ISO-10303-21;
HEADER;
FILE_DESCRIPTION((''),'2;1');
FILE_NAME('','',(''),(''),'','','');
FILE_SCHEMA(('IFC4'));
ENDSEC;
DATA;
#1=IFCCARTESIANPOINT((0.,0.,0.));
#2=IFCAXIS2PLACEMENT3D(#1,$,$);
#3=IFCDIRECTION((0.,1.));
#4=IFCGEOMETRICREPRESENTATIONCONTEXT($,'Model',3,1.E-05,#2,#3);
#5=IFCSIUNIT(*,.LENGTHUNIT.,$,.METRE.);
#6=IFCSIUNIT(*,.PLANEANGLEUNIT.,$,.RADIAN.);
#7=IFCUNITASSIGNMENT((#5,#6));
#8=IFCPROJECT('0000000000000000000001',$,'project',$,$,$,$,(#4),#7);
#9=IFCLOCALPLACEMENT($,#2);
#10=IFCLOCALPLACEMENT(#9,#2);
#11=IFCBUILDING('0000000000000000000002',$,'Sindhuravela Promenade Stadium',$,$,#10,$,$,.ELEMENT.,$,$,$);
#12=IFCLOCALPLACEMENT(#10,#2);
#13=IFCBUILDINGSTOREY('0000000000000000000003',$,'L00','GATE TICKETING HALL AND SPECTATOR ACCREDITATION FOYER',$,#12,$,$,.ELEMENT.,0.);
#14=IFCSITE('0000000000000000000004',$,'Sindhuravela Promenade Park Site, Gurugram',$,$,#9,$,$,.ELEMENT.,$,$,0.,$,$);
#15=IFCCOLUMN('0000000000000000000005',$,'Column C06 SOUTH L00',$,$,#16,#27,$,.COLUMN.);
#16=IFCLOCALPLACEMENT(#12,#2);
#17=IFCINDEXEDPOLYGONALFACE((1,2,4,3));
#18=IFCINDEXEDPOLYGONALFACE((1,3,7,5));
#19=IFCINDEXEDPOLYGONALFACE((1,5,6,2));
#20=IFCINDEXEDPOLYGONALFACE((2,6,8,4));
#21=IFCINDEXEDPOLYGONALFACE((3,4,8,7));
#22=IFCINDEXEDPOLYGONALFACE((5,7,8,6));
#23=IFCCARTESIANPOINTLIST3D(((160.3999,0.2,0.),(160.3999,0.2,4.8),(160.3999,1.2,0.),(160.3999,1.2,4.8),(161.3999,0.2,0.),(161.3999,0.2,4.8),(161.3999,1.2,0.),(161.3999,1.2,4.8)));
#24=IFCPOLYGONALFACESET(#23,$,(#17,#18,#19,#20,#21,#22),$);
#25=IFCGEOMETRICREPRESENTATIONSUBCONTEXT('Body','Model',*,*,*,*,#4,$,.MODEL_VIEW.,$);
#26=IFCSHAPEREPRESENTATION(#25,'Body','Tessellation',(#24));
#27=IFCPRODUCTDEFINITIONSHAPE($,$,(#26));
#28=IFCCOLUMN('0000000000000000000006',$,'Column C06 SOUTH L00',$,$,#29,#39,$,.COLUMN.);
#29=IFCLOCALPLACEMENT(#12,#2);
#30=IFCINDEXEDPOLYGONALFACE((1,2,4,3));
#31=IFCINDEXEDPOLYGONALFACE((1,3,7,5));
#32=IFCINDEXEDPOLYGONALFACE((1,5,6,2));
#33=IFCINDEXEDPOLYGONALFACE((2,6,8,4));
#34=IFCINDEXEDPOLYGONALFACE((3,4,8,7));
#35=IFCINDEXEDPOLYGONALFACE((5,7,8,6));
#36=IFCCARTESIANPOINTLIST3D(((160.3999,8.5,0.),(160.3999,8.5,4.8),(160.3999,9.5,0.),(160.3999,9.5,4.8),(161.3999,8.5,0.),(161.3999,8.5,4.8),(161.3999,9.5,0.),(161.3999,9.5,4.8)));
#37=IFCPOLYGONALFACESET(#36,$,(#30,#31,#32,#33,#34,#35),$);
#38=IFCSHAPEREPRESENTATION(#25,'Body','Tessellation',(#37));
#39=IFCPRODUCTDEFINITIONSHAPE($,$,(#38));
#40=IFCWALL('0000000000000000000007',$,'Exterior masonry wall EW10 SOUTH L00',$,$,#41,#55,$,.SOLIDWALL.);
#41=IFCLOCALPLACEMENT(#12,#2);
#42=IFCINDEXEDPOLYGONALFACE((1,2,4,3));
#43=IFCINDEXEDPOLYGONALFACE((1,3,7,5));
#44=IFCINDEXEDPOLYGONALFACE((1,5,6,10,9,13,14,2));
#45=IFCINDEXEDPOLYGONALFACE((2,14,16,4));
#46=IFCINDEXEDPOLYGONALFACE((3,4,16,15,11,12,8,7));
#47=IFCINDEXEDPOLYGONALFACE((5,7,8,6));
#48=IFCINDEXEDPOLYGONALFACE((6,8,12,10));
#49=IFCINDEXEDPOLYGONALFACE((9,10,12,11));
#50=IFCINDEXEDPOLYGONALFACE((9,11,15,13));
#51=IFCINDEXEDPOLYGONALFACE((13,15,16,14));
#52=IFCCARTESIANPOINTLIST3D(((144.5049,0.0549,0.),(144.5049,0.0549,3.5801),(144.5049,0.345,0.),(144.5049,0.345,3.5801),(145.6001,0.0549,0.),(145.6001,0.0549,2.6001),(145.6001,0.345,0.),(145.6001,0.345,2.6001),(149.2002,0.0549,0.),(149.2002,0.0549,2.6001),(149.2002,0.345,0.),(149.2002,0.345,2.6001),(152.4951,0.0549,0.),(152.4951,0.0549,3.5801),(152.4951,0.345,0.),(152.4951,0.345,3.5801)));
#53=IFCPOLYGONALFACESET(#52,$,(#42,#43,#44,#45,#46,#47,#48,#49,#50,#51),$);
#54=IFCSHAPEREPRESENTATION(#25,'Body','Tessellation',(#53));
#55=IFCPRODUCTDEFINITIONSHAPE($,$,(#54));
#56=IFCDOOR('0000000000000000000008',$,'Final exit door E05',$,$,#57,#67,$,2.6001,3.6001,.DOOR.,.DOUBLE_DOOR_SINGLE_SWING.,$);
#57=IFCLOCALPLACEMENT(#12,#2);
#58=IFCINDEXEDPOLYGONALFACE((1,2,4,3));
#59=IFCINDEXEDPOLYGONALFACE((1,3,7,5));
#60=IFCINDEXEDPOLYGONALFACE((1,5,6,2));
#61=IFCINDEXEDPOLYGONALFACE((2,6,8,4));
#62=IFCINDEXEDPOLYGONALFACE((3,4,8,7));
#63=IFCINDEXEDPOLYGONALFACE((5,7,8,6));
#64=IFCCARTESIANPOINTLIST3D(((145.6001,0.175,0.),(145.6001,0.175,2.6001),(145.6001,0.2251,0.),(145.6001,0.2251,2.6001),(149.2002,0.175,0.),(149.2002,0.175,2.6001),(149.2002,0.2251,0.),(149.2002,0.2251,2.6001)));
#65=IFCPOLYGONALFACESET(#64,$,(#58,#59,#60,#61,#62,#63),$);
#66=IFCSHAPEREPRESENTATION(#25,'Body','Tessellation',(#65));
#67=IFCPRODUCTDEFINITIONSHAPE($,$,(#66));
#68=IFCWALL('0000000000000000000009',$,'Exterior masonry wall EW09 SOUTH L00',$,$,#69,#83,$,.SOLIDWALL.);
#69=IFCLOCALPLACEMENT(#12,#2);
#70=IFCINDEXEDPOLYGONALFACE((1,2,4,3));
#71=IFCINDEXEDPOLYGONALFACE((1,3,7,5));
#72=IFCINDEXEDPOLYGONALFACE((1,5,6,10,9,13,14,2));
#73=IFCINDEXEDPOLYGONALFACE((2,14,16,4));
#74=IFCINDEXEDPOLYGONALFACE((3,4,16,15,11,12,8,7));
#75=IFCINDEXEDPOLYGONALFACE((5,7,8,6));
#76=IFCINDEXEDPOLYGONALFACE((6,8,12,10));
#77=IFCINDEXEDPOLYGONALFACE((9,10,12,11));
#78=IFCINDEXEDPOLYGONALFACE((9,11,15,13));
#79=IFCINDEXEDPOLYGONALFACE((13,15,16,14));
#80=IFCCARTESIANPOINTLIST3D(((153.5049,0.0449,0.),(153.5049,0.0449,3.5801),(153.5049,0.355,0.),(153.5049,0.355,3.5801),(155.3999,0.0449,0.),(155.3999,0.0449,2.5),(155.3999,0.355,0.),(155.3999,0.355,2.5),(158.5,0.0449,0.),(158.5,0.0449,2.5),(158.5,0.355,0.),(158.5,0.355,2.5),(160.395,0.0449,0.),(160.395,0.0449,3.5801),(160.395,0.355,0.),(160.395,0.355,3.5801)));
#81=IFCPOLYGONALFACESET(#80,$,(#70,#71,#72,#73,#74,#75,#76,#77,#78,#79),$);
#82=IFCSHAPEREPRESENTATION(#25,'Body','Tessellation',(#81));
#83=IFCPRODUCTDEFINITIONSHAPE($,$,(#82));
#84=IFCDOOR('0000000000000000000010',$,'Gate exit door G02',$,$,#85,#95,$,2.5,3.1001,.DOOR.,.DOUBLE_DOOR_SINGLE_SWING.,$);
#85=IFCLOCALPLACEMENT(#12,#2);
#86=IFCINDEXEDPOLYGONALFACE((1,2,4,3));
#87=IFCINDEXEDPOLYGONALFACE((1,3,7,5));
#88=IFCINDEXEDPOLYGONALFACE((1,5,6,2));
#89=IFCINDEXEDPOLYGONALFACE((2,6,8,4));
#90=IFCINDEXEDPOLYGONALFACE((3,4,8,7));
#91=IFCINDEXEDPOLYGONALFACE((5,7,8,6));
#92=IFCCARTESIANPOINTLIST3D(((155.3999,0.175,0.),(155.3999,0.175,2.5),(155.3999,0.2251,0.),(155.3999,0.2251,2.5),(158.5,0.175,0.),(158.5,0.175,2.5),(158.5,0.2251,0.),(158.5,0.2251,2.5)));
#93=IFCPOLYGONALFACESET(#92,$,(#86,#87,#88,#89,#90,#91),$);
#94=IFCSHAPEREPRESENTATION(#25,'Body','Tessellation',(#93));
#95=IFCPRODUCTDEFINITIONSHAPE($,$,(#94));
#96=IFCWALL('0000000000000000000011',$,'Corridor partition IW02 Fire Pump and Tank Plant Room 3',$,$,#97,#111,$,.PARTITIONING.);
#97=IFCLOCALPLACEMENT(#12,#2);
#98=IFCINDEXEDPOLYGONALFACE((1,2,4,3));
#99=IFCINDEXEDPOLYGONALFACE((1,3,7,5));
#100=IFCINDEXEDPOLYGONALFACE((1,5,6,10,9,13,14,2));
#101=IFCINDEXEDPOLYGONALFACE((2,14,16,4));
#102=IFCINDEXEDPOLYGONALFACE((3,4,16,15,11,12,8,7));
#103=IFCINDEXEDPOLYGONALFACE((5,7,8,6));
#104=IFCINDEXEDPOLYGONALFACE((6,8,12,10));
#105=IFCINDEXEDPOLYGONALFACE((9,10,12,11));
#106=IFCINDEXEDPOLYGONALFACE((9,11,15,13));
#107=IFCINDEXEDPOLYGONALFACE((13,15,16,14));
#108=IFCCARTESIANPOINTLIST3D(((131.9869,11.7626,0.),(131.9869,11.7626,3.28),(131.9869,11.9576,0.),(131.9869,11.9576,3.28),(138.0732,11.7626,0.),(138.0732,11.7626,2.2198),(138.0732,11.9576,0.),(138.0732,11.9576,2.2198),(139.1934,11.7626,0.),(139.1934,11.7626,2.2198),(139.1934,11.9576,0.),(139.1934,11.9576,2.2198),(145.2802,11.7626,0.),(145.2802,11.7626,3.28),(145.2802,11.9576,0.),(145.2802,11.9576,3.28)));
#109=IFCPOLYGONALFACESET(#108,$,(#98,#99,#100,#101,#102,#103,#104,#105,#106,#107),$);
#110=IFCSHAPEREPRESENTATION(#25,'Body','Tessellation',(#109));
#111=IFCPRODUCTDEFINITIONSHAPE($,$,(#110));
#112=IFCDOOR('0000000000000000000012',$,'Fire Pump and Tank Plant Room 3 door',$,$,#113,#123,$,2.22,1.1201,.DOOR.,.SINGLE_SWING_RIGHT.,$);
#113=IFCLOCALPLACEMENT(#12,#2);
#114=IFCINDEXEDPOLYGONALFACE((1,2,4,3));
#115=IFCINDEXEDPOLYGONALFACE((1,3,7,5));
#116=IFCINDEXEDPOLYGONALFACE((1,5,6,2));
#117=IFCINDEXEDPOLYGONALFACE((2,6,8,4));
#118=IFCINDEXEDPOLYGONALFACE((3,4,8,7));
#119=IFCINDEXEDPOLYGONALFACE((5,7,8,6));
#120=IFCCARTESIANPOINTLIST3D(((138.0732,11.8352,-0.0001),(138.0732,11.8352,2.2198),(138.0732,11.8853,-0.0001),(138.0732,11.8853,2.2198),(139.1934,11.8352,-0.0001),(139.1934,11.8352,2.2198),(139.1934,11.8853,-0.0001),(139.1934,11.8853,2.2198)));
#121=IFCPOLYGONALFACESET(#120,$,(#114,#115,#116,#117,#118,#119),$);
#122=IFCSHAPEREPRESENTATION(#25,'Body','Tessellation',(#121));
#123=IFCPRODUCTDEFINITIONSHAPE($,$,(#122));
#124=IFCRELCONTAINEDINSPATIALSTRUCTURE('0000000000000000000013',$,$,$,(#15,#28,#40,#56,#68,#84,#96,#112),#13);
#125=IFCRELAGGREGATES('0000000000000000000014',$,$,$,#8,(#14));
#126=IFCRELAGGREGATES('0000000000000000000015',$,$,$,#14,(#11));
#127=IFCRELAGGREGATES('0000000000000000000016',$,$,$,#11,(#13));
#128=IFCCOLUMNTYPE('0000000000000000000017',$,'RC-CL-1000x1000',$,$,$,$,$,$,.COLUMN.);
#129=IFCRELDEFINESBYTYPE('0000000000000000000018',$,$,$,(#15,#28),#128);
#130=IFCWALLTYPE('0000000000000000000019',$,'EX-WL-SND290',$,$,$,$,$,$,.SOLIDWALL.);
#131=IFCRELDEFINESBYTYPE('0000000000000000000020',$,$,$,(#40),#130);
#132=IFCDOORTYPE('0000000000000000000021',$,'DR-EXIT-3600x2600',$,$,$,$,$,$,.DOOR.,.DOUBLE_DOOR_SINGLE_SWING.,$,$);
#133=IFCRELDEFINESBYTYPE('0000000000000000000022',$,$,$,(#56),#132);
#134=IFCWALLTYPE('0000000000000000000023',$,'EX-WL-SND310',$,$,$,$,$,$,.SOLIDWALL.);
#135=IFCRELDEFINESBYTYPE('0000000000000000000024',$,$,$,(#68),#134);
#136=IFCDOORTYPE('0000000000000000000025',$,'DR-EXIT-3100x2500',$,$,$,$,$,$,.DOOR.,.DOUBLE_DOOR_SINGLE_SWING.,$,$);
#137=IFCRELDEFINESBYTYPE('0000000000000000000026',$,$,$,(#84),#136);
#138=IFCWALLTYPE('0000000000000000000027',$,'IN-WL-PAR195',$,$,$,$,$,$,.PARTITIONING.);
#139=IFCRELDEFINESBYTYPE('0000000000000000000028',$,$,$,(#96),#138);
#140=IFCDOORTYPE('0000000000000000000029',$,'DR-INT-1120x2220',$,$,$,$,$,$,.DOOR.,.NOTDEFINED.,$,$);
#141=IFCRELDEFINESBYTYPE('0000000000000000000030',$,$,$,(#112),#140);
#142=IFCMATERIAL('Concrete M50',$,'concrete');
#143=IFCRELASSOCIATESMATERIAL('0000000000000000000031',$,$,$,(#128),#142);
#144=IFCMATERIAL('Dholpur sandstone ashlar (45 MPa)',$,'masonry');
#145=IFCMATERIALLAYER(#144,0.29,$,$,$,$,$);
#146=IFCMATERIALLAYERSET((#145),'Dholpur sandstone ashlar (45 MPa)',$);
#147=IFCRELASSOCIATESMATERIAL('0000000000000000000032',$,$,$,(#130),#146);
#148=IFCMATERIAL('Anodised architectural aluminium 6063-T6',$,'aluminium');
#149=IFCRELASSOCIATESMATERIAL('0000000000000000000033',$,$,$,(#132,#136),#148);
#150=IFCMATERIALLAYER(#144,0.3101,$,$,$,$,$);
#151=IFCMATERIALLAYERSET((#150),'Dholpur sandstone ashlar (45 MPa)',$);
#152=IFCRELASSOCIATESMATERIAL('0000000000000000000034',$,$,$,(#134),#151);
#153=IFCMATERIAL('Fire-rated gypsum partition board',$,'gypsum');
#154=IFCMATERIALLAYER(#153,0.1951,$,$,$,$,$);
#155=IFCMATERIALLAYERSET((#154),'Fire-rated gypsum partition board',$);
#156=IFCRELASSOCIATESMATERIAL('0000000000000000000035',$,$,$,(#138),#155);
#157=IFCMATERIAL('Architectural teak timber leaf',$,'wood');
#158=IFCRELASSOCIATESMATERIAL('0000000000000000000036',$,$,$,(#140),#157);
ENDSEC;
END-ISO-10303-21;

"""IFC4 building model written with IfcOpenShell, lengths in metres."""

from ifc_helpers import new_model, si_unit, direction, frame, frame_2d, origin, origin_2d, place, context, subcontext, project, spatial, rectangle, extrude, material, layer, layer_set, material_profile, profile_set, type_object, element, fill, save


model = new_model("IFC4")

# Units and contexts
model_context = context("Model", 3, precision=1e-05, world=origin(), true_north=direction((0.0, 1.0)))
body_context = subcontext(model_context, "Body", "Model", "MODEL_VIEW")
ifc_project = project(units=[si_unit("LENGTHUNIT", "METRE"), si_unit("PLANEANGLEUNIT", "RADIAN")], contexts=[model_context])

# Site, building, storey
site_placement = place(None, origin())
site = spatial("IfcSite", under=ifc_project, at=site_placement, Name="Sindhuravela Promenade Park Site, Gurugram", CompositionType="ELEMENT", RefElevation=0.0)
building_placement = place(site_placement, origin())
building = spatial("IfcBuilding", under=site, at=building_placement, Name="Sindhuravela Promenade Stadium", CompositionType="ELEMENT")
storey_placement = place(building_placement, origin())
storey = spatial("IfcBuildingStorey", under=building, at=storey_placement, Name="L00", Description="GATE TICKETING HALL AND SPECTATOR ACCREDITATION FOYER", CompositionType="ELEMENT", Elevation=0.0)

# Shared definitions
ifc_material_1 = material(Name="Concrete M50", Category="concrete")

# Columns
ifc_material_profile_1 = material_profile(ifc_material_1, rectangle(XDim=1.0, YDim=1.0, at=origin_2d()), Name="RC 1000x1000")
ifc_profile_set_1 = profile_set([ifc_material_profile_1], Name="Concrete M50")
column_type = type_object("IfcColumnType", Name="RC-CL-1000x1000", PredefinedType="COLUMN", material=ifc_profile_set_1)
for number, where, z_axis, x_axis, name in (
    (1, (160.8999, 0.7, 0.0), (0.0, 0.0, 1.0), (1.0, 0.0, 0.0), "Column C06 SOUTH L00"),
    (2, (160.8999, 9.0, 0.0), (0.0, 0.0, 1.0), (1.0, 0.0, 0.0), "Column C06 SOUTH L00"),
):
    element("IfcColumn", number, at=place(storey_placement, frame(where, z_axis=z_axis, x_axis=x_axis)), inside=storey, type_object=column_type, Name=name, PredefinedType="COLUMN", context=body_context, shape_type="SweptSolid", body=[
        extrude(rectangle(XDim=1.0, YDim=1.0, at=origin_2d()), origin(), (0.0, 0.0, 1.0), 4.8),
    ])

# Walls, openings, doors
ifc_material_2 = material(Name="Dholpur sandstone ashlar (45 MPa)", Category="masonry")
ifc_layer_1 = layer(ifc_material_2, 0.29)
ifc_layer_set_1 = layer_set([ifc_layer_1], Name="Dholpur sandstone ashlar (45 MPa)")
wall_type_1 = type_object("IfcWallType", Name="EX-WL-SND290", PredefinedType="SOLIDWALL", material=ifc_layer_set_1)
wall_1_placement = place(storey_placement, frame((152.4951, 0.2, 0.0), z_axis=(0.0, 0.0, 1.0), x_axis=(-1.0, 0.0, 0.0)))
wall_1 = element("IfcWall", 3, at=wall_1_placement, inside=storey, type_object=wall_type_1, Name="Exterior masonry wall EW10 SOUTH L00", PredefinedType="SOLIDWALL", context=body_context, shape_type="SweptSolid", body=[
    extrude(rectangle(XDim=7.9902, YDim=0.29, at=frame_2d((3.9951, 0.0))), origin(), (0.0, 0.0, 1.0), 3.5801),
])
opening_1_placement = place(wall_1_placement, frame((3.2949, 0.0, 0.0)))
opening_1 = element("IfcOpeningElement", 4, at=opening_1_placement, cuts=wall_1, PredefinedType="OPENING", context=body_context, shape_type="SweptSolid", body=[
    extrude(rectangle(XDim=3.6001, YDim=2.6001, at=frame_2d((1.8, 1.3))), frame((0.0, 0.155, 0.0), z_axis=(0.0, -1.0, 0.0), x_axis=(1.0, 0.0, 0.0)), (0.0, 0.0, 1.0), 0.3101),
])
ifc_material_3 = material(Name="Anodised architectural aluminium 6063-T6", Category="aluminium")
door_type_1 = type_object("IfcDoorType", Name="DR-EXIT-3600x2600", OperationType="DOUBLE_DOOR_SINGLE_SWING", PredefinedType="DOOR", material=ifc_material_3)
door_1_placement = place(opening_1_placement, origin())
door_1 = element("IfcDoor", 5, at=door_1_placement, inside=storey, type_object=door_type_1, Name="Final exit door E05", OperationType="DOUBLE_DOOR_SINGLE_SWING", OverallHeight=2.6001, OverallWidth=3.6001, PredefinedType="DOOR", context=body_context, shape_type="SweptSolid", body=[
    extrude(rectangle(XDim=3.6001, YDim=2.6001, at=frame_2d((1.8, 1.3))), frame((0.0, 0.0249, 0.0), z_axis=(0.0, -1.0, 0.0), x_axis=(1.0, 0.0, 0.0)), (0.0, 0.0, 1.0), 0.05),
])
fill(opening_1, door_1)
ifc_layer_2 = layer(ifc_material_2, 0.3101)
ifc_layer_set_2 = layer_set([ifc_layer_2], Name="Dholpur sandstone ashlar (45 MPa)")
wall_type_2 = type_object("IfcWallType", Name="EX-WL-SND310", PredefinedType="SOLIDWALL", material=ifc_layer_set_2)
wall_2_placement = place(storey_placement, frame((160.395, 0.2, 0.0), z_axis=(0.0, 0.0, 1.0), x_axis=(-1.0, 0.0, 0.0)))
wall_2 = element("IfcWall", 6, at=wall_2_placement, inside=storey, type_object=wall_type_2, Name="Exterior masonry wall EW09 SOUTH L00", PredefinedType="SOLIDWALL", context=body_context, shape_type="SweptSolid", body=[
    extrude(rectangle(XDim=6.8901, YDim=0.3101, at=frame_2d((3.4451, 0.0))), origin(), (0.0, 0.0, 1.0), 3.5801),
])
opening_2_placement = place(wall_2_placement, frame((1.895, 0.0, 0.0)))
opening_2 = element("IfcOpeningElement", 7, at=opening_2_placement, cuts=wall_2, PredefinedType="OPENING", context=body_context, shape_type="SweptSolid", body=[
    extrude(rectangle(XDim=3.1001, YDim=2.5, at=frame_2d((1.55, 1.25))), frame((0.0, 0.165, 0.0), z_axis=(0.0, -1.0, 0.0), x_axis=(1.0, 0.0, 0.0)), (0.0, 0.0, 1.0), 0.3301),
])
door_type_2 = type_object("IfcDoorType", Name="DR-EXIT-3100x2500", OperationType="DOUBLE_DOOR_SINGLE_SWING", PredefinedType="DOOR", material=ifc_material_3)
door_2_placement = place(opening_2_placement, origin())
door_2 = element("IfcDoor", 8, at=door_2_placement, inside=storey, type_object=door_type_2, Name="Gate exit door G02", OperationType="DOUBLE_DOOR_SINGLE_SWING", OverallHeight=2.5, OverallWidth=3.1001, PredefinedType="DOOR", context=body_context, shape_type="SweptSolid", body=[
    extrude(rectangle(XDim=3.1001, YDim=2.5, at=frame_2d((1.55, 1.25))), frame((0.0, 0.0249, 0.0), z_axis=(0.0, -1.0, 0.0), x_axis=(1.0, 0.0, 0.0)), (0.0, 0.0, 1.0), 0.05),
])
fill(opening_2, door_2)
ifc_material_4 = material(Name="Fire-rated gypsum partition board", Category="gypsum")
ifc_layer_3 = layer(ifc_material_4, 0.1951)
ifc_layer_set_3 = layer_set([ifc_layer_3], Name="Fire-rated gypsum partition board")
wall_type_3 = type_object("IfcWallType", Name="IN-WL-PAR195", PredefinedType="PARTITIONING", material=ifc_layer_set_3)
wall_3_placement = place(storey_placement, frame((145.28, 11.8601, 0.0), z_axis=(0.0, 0.0, 1.0), x_axis=(-1.0, 0.0, 0.0)))
wall_3 = element("IfcWall", 9, at=wall_3_placement, inside=storey, type_object=wall_type_3, Name="Corridor partition IW02 Fire Pump and Tank Plant Room 3", PredefinedType="PARTITIONING", context=body_context, shape_type="SweptSolid", body=[
    extrude(rectangle(XDim=13.2932, YDim=0.1951, at=frame_2d((6.6465, 0.0))), origin(), (0.0, 0.0, 1.0), 3.28),
])
opening_3_placement = place(wall_3_placement, frame((6.0867, 0.0, 0.0)))
opening_3 = element("IfcOpeningElement", 10, at=opening_3_placement, cuts=wall_3, PredefinedType="OPENING", context=body_context, shape_type="SweptSolid", body=[
    extrude(rectangle(XDim=1.1201, YDim=2.22, at=frame_2d((0.5601, 1.1099))), frame((0.0, 0.1074, 0.0), z_axis=(0.0, -1.0, 0.0), x_axis=(1.0, 0.0, 0.0)), (0.0, 0.0, 1.0), 0.2151),
])
ifc_material_5 = material(Name="Architectural teak timber leaf", Category="wood")
door_type_3 = type_object("IfcDoorType", Name="DR-INT-1120x2220", OperationType="NOTDEFINED", PredefinedType="DOOR", material=ifc_material_5)
door_3_placement = place(opening_3_placement, origin())
door_3 = element("IfcDoor", 11, at=door_3_placement, inside=storey, type_object=door_type_3, Name="Fire Pump and Tank Plant Room 3 door", OperationType="SINGLE_SWING_RIGHT", OverallHeight=2.22, OverallWidth=1.1201, PredefinedType="DOOR", context=body_context, shape_type="SweptSolid", body=[
    extrude(rectangle(XDim=1.1201, YDim=2.22, at=frame_2d((0.5601, 1.1099))), frame((0.0, 0.0249, 0.0), z_axis=(0.0, -1.0, 0.0), x_axis=(1.0, 0.0, 0.0)), (0.0, 0.0, 1.0), 0.05),
])
fill(opening_3, door_3)

save(model, "model.ifc")
